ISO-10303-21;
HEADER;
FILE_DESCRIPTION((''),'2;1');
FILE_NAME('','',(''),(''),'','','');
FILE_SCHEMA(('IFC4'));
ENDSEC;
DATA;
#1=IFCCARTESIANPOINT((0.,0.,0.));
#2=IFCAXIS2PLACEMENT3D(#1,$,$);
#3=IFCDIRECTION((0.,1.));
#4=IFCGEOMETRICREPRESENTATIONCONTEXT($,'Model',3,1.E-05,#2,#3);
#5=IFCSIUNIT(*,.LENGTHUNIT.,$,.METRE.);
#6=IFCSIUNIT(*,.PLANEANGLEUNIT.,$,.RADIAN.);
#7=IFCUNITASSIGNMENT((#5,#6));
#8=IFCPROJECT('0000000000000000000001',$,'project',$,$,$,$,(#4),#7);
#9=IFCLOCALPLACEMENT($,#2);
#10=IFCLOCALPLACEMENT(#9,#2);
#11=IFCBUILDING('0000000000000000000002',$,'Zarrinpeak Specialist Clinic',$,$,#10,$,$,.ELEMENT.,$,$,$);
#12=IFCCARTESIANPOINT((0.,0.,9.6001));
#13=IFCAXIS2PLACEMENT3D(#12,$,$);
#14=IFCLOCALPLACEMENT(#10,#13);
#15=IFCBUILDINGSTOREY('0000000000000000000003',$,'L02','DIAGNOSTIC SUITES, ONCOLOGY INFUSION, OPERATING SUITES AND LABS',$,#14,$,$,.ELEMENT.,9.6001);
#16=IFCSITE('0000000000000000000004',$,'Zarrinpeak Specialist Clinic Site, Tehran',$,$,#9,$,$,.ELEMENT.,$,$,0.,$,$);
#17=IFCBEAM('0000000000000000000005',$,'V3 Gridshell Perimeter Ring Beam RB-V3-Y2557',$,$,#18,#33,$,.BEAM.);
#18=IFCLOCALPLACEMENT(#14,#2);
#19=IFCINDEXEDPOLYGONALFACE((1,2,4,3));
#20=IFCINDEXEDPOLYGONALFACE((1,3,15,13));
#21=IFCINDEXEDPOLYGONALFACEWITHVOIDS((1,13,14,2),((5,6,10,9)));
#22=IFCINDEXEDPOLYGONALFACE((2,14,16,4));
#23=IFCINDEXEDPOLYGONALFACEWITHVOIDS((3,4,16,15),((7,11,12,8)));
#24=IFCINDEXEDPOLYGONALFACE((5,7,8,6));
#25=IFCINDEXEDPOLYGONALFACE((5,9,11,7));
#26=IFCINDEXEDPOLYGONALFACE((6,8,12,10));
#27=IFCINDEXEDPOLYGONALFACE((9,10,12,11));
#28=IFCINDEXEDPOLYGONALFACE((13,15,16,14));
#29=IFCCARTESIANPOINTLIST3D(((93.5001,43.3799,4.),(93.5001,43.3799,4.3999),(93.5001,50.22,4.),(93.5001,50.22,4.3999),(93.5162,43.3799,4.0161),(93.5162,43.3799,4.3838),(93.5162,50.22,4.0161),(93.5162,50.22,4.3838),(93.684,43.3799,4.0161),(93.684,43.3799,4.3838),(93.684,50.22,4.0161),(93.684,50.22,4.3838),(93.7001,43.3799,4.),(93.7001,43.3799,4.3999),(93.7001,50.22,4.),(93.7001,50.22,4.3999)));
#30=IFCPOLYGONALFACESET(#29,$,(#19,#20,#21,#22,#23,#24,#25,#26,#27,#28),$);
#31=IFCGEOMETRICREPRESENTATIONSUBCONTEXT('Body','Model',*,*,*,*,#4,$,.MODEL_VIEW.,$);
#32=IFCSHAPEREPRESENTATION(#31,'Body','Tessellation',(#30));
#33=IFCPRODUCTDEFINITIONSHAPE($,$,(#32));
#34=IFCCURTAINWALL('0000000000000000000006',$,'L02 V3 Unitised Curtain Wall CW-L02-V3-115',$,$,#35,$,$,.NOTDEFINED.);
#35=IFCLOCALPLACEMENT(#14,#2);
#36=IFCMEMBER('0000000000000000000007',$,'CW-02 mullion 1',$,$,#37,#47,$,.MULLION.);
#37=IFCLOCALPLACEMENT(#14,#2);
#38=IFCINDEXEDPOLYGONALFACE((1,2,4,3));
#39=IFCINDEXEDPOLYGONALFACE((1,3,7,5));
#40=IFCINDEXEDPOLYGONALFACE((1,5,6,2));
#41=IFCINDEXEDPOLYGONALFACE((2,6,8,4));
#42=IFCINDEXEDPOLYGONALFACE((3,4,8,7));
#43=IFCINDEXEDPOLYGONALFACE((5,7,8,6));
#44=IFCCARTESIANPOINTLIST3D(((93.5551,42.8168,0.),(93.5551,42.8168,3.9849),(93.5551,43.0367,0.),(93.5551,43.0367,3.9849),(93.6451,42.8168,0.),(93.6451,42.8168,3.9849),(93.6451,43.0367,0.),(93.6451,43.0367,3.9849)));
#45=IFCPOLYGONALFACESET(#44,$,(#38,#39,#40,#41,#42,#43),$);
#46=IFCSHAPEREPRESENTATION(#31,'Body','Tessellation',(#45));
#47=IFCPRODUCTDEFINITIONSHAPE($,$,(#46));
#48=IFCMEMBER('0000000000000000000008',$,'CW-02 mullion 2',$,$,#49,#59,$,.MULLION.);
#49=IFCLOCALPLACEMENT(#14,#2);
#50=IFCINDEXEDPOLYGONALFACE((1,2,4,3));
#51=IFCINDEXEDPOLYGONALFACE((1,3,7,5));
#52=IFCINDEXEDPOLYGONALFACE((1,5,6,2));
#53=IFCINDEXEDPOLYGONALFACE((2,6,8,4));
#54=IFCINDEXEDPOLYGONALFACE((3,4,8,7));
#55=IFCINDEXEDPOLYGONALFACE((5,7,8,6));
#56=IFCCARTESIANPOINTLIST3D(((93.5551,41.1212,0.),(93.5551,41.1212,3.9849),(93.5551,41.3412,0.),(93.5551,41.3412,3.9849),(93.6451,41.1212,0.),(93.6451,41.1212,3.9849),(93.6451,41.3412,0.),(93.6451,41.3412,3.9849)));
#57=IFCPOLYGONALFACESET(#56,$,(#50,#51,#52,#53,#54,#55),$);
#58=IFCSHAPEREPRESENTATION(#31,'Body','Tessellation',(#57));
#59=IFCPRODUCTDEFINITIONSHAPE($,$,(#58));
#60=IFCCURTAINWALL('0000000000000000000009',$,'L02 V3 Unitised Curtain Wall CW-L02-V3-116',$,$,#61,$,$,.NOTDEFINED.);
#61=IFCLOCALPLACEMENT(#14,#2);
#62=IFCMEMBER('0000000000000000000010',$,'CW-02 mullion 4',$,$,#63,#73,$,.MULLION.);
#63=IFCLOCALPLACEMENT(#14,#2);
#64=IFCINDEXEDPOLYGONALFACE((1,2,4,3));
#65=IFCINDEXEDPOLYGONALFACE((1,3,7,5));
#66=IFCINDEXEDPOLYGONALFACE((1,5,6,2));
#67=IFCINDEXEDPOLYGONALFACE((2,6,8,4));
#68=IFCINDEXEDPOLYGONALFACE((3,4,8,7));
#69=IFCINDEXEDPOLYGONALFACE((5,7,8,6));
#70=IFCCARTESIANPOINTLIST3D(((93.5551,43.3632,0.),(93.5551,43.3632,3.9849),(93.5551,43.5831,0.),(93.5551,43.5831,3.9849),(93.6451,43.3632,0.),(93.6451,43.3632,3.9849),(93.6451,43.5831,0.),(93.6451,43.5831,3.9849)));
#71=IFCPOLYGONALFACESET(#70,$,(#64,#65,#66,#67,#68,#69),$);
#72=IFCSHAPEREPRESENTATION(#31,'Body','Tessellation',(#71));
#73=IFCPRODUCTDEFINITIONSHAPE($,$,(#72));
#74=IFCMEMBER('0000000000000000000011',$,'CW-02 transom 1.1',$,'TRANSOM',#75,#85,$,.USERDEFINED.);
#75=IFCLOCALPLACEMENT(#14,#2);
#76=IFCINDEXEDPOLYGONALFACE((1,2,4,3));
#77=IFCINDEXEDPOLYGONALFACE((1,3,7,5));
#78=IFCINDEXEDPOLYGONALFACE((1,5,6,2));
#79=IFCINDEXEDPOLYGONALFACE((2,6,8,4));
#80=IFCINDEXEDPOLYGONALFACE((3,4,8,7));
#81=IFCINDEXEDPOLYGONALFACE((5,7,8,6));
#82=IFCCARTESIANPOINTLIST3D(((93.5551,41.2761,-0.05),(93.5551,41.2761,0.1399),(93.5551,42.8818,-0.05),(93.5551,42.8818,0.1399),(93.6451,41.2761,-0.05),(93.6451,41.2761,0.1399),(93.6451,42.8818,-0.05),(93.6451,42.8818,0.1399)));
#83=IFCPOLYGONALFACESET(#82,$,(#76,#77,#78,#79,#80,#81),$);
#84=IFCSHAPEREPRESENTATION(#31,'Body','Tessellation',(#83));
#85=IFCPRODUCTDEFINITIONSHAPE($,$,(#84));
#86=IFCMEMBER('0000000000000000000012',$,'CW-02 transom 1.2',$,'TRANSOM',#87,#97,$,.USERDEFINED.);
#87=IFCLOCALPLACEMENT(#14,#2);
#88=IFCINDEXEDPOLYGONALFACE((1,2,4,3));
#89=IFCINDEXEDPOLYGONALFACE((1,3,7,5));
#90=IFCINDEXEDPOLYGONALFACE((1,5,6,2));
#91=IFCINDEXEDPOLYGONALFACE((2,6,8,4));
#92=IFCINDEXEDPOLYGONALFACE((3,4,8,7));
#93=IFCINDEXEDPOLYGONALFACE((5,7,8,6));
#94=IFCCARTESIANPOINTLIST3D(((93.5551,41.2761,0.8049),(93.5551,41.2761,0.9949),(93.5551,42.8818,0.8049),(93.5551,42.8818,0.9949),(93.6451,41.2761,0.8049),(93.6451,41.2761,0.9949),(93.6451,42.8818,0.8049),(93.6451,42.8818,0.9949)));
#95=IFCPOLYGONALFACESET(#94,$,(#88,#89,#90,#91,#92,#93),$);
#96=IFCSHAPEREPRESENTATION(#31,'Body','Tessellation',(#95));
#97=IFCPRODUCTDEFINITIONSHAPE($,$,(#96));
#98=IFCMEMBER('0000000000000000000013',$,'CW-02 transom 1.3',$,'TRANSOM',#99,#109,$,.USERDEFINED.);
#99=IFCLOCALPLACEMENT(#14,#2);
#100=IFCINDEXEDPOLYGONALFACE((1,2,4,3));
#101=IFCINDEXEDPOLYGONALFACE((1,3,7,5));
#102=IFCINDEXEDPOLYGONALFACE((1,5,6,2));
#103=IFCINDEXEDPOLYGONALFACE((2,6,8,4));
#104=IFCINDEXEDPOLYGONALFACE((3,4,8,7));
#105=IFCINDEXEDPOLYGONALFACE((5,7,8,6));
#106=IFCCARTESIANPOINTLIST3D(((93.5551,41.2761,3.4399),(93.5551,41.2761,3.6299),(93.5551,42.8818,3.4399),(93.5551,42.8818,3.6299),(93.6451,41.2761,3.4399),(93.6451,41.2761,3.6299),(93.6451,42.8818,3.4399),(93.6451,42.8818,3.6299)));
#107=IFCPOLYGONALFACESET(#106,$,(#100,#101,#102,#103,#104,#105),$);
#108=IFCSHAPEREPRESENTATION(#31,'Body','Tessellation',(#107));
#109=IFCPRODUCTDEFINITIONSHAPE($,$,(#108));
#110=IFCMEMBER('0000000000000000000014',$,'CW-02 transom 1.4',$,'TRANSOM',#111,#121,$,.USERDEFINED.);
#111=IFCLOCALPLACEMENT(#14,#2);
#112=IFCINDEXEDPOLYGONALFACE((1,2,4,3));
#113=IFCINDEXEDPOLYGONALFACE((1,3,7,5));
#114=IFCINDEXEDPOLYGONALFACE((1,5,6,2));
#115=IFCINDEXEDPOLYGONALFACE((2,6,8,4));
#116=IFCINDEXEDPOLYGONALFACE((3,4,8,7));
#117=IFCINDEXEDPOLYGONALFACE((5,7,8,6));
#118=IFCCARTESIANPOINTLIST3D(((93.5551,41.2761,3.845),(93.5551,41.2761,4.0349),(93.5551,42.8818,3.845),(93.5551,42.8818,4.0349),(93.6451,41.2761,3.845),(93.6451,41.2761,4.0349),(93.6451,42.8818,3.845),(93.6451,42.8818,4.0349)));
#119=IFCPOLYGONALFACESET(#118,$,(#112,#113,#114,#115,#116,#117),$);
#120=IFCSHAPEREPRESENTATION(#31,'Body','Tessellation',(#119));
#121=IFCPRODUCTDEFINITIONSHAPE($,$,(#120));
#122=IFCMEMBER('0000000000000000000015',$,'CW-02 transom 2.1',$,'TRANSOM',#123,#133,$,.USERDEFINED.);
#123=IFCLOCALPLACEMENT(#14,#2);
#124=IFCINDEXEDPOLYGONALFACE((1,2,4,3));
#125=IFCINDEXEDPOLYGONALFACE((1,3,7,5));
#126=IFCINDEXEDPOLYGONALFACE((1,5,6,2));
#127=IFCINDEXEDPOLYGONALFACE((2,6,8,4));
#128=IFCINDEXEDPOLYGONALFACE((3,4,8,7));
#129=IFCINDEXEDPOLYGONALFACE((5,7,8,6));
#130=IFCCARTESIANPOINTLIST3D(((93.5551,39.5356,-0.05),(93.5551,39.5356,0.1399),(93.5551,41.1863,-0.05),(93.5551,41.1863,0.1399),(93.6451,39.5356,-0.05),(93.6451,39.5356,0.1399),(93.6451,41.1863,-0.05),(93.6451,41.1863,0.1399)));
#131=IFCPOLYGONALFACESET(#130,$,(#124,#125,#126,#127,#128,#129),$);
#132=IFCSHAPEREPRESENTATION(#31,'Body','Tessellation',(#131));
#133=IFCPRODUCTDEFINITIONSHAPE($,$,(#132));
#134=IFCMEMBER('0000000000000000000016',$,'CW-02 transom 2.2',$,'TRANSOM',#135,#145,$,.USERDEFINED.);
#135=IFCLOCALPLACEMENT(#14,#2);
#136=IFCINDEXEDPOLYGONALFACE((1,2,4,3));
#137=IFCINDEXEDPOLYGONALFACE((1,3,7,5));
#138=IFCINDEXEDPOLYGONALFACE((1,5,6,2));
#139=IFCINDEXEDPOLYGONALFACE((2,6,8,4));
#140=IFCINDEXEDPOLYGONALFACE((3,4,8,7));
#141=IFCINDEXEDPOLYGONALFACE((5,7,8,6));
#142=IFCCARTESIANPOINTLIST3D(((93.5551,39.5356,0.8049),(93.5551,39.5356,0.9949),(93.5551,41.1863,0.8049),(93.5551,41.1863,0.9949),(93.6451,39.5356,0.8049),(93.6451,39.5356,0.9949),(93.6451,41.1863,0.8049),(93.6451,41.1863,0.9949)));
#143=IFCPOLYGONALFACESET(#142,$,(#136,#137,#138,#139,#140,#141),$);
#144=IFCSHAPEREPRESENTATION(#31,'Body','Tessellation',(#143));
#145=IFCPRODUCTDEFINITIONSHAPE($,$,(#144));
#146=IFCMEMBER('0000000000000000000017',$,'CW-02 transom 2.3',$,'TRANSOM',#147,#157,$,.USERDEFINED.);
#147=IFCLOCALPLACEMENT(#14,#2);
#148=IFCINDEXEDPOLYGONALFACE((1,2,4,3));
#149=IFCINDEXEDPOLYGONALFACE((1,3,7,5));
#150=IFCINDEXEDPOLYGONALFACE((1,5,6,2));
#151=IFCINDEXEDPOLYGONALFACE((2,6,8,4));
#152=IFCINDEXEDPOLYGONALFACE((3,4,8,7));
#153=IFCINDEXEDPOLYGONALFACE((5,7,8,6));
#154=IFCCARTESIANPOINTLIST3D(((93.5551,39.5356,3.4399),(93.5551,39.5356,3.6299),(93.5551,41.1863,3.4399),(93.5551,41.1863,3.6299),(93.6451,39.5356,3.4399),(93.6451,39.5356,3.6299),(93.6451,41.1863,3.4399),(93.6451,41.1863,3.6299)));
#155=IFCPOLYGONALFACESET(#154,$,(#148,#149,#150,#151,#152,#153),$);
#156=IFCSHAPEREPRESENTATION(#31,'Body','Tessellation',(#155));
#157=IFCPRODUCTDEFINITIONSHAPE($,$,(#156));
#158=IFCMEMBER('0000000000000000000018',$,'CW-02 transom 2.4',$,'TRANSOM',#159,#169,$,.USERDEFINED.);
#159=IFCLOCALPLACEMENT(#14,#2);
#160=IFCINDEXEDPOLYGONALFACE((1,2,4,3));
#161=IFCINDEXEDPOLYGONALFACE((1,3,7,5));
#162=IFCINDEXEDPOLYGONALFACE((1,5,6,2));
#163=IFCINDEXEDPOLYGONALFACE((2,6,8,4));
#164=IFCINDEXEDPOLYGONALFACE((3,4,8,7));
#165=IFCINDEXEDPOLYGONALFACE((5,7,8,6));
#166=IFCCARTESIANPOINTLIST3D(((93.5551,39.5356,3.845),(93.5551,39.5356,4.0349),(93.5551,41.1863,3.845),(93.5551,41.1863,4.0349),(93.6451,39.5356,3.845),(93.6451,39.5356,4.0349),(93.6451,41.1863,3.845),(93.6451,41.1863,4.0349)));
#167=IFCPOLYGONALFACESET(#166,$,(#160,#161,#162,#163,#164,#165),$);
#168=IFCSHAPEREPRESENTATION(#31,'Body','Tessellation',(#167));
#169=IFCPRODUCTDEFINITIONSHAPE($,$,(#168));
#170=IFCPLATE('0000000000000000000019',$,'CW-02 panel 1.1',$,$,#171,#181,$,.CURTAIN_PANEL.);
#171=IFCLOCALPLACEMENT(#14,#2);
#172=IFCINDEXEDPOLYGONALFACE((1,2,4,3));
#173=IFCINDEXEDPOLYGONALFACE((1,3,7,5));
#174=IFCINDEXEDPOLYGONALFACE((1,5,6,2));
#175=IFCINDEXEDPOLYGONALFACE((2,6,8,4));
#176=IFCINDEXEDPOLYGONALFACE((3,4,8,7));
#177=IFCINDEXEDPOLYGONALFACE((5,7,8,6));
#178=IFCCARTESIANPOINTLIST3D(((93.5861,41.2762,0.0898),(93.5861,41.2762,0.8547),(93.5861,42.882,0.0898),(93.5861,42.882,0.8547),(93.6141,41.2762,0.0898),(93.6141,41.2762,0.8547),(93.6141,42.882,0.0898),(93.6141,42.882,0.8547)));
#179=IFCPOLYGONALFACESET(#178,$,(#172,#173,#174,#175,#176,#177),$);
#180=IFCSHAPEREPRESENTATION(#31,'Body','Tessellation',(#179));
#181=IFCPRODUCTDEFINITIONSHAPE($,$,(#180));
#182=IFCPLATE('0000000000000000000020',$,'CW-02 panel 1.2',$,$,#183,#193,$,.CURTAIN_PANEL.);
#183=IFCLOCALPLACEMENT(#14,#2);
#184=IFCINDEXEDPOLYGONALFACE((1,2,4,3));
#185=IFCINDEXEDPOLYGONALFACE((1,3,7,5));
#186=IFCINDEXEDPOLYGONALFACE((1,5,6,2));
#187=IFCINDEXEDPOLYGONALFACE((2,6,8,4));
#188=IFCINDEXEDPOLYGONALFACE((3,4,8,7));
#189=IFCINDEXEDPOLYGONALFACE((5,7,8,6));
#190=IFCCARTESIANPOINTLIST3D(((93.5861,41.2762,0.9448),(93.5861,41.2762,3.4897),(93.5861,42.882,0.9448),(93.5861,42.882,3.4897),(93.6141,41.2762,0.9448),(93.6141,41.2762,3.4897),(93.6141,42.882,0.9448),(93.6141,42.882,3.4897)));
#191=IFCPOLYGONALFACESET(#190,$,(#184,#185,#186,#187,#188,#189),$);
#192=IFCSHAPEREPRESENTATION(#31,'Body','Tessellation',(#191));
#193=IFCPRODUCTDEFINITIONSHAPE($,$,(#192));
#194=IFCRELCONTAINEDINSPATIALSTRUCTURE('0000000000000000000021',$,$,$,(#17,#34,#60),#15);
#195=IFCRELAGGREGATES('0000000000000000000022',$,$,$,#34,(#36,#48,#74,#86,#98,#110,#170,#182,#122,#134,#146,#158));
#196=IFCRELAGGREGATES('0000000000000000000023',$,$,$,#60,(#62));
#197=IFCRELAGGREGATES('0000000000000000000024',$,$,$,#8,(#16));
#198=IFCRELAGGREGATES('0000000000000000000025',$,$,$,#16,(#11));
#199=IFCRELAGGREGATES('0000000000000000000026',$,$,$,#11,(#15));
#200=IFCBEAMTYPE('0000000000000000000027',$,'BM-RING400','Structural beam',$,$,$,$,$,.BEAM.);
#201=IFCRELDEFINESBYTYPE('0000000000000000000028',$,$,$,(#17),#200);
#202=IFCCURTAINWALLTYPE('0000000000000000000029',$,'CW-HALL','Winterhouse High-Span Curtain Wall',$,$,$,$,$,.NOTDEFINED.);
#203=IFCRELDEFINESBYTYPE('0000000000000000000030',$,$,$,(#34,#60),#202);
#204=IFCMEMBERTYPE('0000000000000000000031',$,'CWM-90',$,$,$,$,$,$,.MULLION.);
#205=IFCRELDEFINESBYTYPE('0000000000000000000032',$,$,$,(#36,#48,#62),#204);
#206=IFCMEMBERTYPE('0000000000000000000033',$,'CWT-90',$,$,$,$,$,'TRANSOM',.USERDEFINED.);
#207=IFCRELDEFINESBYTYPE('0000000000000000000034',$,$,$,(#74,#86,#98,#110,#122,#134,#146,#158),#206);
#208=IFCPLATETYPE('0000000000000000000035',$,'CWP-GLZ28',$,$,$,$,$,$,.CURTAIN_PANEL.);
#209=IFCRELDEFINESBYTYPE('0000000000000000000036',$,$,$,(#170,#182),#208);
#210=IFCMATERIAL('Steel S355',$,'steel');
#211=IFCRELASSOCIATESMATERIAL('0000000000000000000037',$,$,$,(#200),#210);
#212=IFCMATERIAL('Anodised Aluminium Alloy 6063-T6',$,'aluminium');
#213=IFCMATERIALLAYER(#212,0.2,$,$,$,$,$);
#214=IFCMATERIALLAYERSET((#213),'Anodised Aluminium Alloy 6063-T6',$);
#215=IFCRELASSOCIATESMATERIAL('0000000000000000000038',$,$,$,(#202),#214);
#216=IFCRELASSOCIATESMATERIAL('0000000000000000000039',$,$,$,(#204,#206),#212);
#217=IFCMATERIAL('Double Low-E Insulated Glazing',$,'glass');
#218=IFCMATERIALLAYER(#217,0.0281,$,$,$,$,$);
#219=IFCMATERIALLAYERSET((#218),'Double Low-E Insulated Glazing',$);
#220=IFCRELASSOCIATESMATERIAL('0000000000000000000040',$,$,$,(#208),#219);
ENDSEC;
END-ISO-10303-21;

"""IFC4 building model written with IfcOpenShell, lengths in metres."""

from ifc_helpers import new_model, si_unit, direction, frame, origin, origin_2d, place, context, subcontext, project, spatial, rectangle, hollow_rectangle, extrude, material, layer, layer_set, material_profile, profile_set, type_object, element, aggregate, save


model = new_model("IFC4")

# Units and contexts
model_context = context("Model", 3, precision=1e-05, world=origin(), true_north=direction((0.0, 1.0)))
body_context = subcontext(model_context, "Body", "Model", "MODEL_VIEW")
ifc_project = project(units=[si_unit("LENGTHUNIT", "METRE"), si_unit("PLANEANGLEUNIT", "RADIAN")], contexts=[model_context])

# Site, building, storey
site_placement = place(None, origin())
site = spatial("IfcSite", under=ifc_project, at=site_placement, Name="Zarrinpeak Specialist Clinic Site, Tehran", CompositionType="ELEMENT", RefElevation=0.0)
building_placement = place(site_placement, origin())
building = spatial("IfcBuilding", under=site, at=building_placement, Name="Zarrinpeak Specialist Clinic", CompositionType="ELEMENT")
storey_placement = place(building_placement, frame((0.0, 0.0, 9.6001)))
storey = spatial("IfcBuildingStorey", under=building, at=storey_placement, Name="L02", Description="DIAGNOSTIC SUITES, ONCOLOGY INFUSION, OPERATING SUITES AND LABS", CompositionType="ELEMENT", Elevation=9.6001)

# Shared definitions
ifc_material_1 = material(Name="Steel S355", Category="steel")

# Beam
ifc_material_profile_1 = material_profile(ifc_material_1, hollow_rectangle(XDim=0.2, YDim=0.3999, WallThickness=0.0161, at=origin_2d()), Name="RHS 400x200x16.0")
ifc_profile_set_1 = profile_set([ifc_material_profile_1], Name="Steel S355")
beam_type_1 = type_object("IfcBeamType", Name="BM-RING400", Description="Structural beam", PredefinedType="BEAM", material=ifc_profile_set_1)
beam_1_placement = place(storey_placement, frame((93.6001, 43.3799, 4.2), z_axis=(0.0, 1.0, 0.0), x_axis=(-1.0, 0.0, 0.0)))
element("IfcBeam", 1, at=beam_1_placement, inside=storey, type_object=beam_type_1, Name="V3 Gridshell Perimeter Ring Beam RB-V3-Y2557", PredefinedType="BEAM", context=body_context, shape_type="SweptSolid", body=[
    extrude(hollow_rectangle(XDim=0.2, YDim=0.3999, WallThickness=0.0161, at=origin_2d()), origin(), (0.0, 0.0, 1.0), 6.8401),
])

# Curtain wall, members
ifc_material_2 = material(Name="Anodised Aluminium Alloy 6063-T6", Category="aluminium")
ifc_layer_1 = layer(ifc_material_2, 0.2)
ifc_layer_set_1 = layer_set([ifc_layer_1], Name="Anodised Aluminium Alloy 6063-T6")
curtain_wall_type = type_object("IfcCurtainWallType", Name="CW-HALL", Description="Winterhouse High-Span Curtain Wall", PredefinedType="NOTDEFINED", material=ifc_layer_set_1)
curtain_wall_1_placement = place(storey_placement, origin())
curtain_wall_1 = element("IfcCurtainWall", 2, at=curtain_wall_1_placement, inside=storey, type_object=curtain_wall_type, Name="L02 V3 Unitised Curtain Wall CW-L02-V3-115", PredefinedType="NOTDEFINED")
ifc_material_profile_2 = material_profile(ifc_material_2, rectangle(XDim=0.0901, YDim=0.22, at=origin_2d()), Name="ALU 90x220")
ifc_profile_set_2 = profile_set([ifc_material_profile_2], Name="Anodised Aluminium Alloy 6063-T6")
member_type_1 = type_object("IfcMemberType", Name="CWM-90", PredefinedType="MULLION", material=ifc_profile_set_2)
member_1_placement = place(storey_placement, frame((93.6001, 42.9268, 0.0), z_axis=(0.0, 0.0, 1.0), x_axis=(1.0, 0.0, 0.0)))
member_1 = element("IfcMember", 3, at=member_1_placement, type_object=member_type_1, Name="CW-02 mullion 1", PredefinedType="MULLION", context=body_context, shape_type="SweptSolid", body=[
    extrude(rectangle(XDim=0.0901, YDim=0.22, at=origin_2d()), origin(), (0.0, 0.0, 1.0), 3.9849),
])
member_2_placement = place(storey_placement, frame((93.6001, 41.2312, 0.0), z_axis=(0.0, 0.0, 1.0), x_axis=(1.0, 0.0, 0.0)))
member_2 = element("IfcMember", 4, at=member_2_placement, type_object=member_type_1, Name="CW-02 mullion 2", PredefinedType="MULLION", context=body_context, shape_type="SweptSolid", body=[
    extrude(rectangle(XDim=0.0901, YDim=0.22, at=origin_2d()), origin(), (0.0, 0.0, 1.0), 3.9849),
])

# Curtain wall, member
curtain_wall_2_placement = place(storey_placement, origin())
curtain_wall_2 = element("IfcCurtainWall", 5, at=curtain_wall_2_placement, inside=storey, type_object=curtain_wall_type, Name="L02 V3 Unitised Curtain Wall CW-L02-V3-116", PredefinedType="NOTDEFINED")
member_3_placement = place(storey_placement, frame((93.6001, 43.4731, 0.0), z_axis=(0.0, 0.0, 1.0), x_axis=(1.0, 0.0, 0.0)))
member_3 = element("IfcMember", 6, at=member_3_placement, type_object=member_type_1, Name="CW-02 mullion 4", PredefinedType="MULLION", context=body_context, shape_type="SweptSolid", body=[
    extrude(rectangle(XDim=0.0901, YDim=0.22, at=origin_2d()), origin(), (0.0, 0.0, 1.0), 3.9849),
])

# Members
ifc_material_profile_3 = material_profile(ifc_material_2, rectangle(XDim=0.0901, YDim=0.1899, at=origin_2d()), Name="ALU 90x190")
ifc_profile_set_3 = profile_set([ifc_material_profile_3], Name="Anodised Aluminium Alloy 6063-T6")
member_type_2 = type_object("IfcMemberType", Name="CWT-90", ElementType="TRANSOM", PredefinedType="USERDEFINED", material=ifc_profile_set_3)
member_4_placement = place(storey_placement, frame((93.6001, 42.8818, 0.0449), z_axis=(0.0, -1.0, 0.0), x_axis=(1.0, 0.0, 0.0)))
member_4 = element("IfcMember", 7, at=member_4_placement, type_object=member_type_2, Name="CW-02 transom 1.1", ObjectType="TRANSOM", PredefinedType="USERDEFINED", context=body_context, shape_type="SweptSolid", body=[
    extrude(rectangle(XDim=0.0901, YDim=0.1899, at=origin_2d()), origin(), (0.0, 0.0, 1.0), 1.6057),
])
member_5_placement = place(storey_placement, frame((93.6001, 42.8818, 0.8999), z_axis=(0.0, -1.0, 0.0), x_axis=(1.0, 0.0, 0.0)))
member_5 = element("IfcMember", 8, at=member_5_placement, type_object=member_type_2, Name="CW-02 transom 1.2", ObjectType="TRANSOM", PredefinedType="USERDEFINED", context=body_context, shape_type="SweptSolid", body=[
    extrude(rectangle(XDim=0.0901, YDim=0.1899, at=origin_2d()), origin(), (0.0, 0.0, 1.0), 1.6057),
])
member_6_placement = place(storey_placement, frame((93.6001, 42.8818, 3.5349), z_axis=(0.0, -1.0, 0.0), x_axis=(1.0, 0.0, 0.0)))
member_6 = element("IfcMember", 9, at=member_6_placement, type_object=member_type_2, Name="CW-02 transom 1.3", ObjectType="TRANSOM", PredefinedType="USERDEFINED", context=body_context, shape_type="SweptSolid", body=[
    extrude(rectangle(XDim=0.0901, YDim=0.1899, at=origin_2d()), origin(), (0.0, 0.0, 1.0), 1.6057),
])
member_7_placement = place(storey_placement, frame((93.6001, 42.8818, 3.9399), z_axis=(0.0, -1.0, 0.0), x_axis=(1.0, 0.0, 0.0)))
member_7 = element("IfcMember", 10, at=member_7_placement, type_object=member_type_2, Name="CW-02 transom 1.4", ObjectType="TRANSOM", PredefinedType="USERDEFINED", context=body_context, shape_type="SweptSolid", body=[
    extrude(rectangle(XDim=0.0901, YDim=0.1899, at=origin_2d()), origin(), (0.0, 0.0, 1.0), 1.6057),
])
member_8_placement = place(storey_placement, frame((93.6001, 41.1863, 0.0449), z_axis=(0.0, -1.0, 0.0), x_axis=(1.0, 0.0, 0.0)))
member_8 = element("IfcMember", 11, at=member_8_placement, type_object=member_type_2, Name="CW-02 transom 2.1", ObjectType="TRANSOM", PredefinedType="USERDEFINED", context=body_context, shape_type="SweptSolid", body=[
    extrude(rectangle(XDim=0.0901, YDim=0.1899, at=origin_2d()), origin(), (0.0, 0.0, 1.0), 1.6506),
])
member_9_placement = place(storey_placement, frame((93.6001, 41.1863, 0.8999), z_axis=(0.0, -1.0, 0.0), x_axis=(1.0, 0.0, 0.0)))
member_9 = element("IfcMember", 12, at=member_9_placement, type_object=member_type_2, Name="CW-02 transom 2.2", ObjectType="TRANSOM", PredefinedType="USERDEFINED", context=body_context, shape_type="SweptSolid", body=[
    extrude(rectangle(XDim=0.0901, YDim=0.1899, at=origin_2d()), origin(), (0.0, 0.0, 1.0), 1.6506),
])
member_10_placement = place(storey_placement, frame((93.6001, 41.1863, 3.5349), z_axis=(0.0, -1.0, 0.0), x_axis=(1.0, 0.0, 0.0)))
member_10 = element("IfcMember", 13, at=member_10_placement, type_object=member_type_2, Name="CW-02 transom 2.3", ObjectType="TRANSOM", PredefinedType="USERDEFINED", context=body_context, shape_type="SweptSolid", body=[
    extrude(rectangle(XDim=0.0901, YDim=0.1899, at=origin_2d()), origin(), (0.0, 0.0, 1.0), 1.6506),
])
member_11_placement = place(storey_placement, frame((93.6001, 41.1863, 3.9399), z_axis=(0.0, -1.0, 0.0), x_axis=(1.0, 0.0, 0.0)))
member_11 = element("IfcMember", 14, at=member_11_placement, type_object=member_type_2, Name="CW-02 transom 2.4", ObjectType="TRANSOM", PredefinedType="USERDEFINED", context=body_context, shape_type="SweptSolid", body=[
    extrude(rectangle(XDim=0.0901, YDim=0.1899, at=origin_2d()), origin(), (0.0, 0.0, 1.0), 1.6506),
])

# Plates
ifc_material_3 = material(Name="Double Low-E Insulated Glazing", Category="glass")
ifc_layer_2 = layer(ifc_material_3, 0.0281)
ifc_layer_set_2 = layer_set([ifc_layer_2], Name="Double Low-E Insulated Glazing")
plate_type_1 = type_object("IfcPlateType", Name="CWP-GLZ28", PredefinedType="CURTAIN_PANEL", material=ifc_layer_set_2)
plate_1_placement = place(storey_placement, frame((93.6001, 42.0791, 0.0898), z_axis=(0.0, 0.0, 1.0), x_axis=(0.0, -1.0, 0.0)))
plate_1 = element("IfcPlate", 15, at=plate_1_placement, type_object=plate_type_1, Name="CW-02 panel 1.1", PredefinedType="CURTAIN_PANEL", context=body_context, shape_type="SweptSolid", body=[
    extrude(rectangle(XDim=1.6057, YDim=0.0281, at=origin_2d()), origin(), (0.0, 0.0, 1.0), 0.7649),
])
plate_2_placement = place(storey_placement, frame((93.6001, 42.0791, 0.9448), z_axis=(0.0, 0.0, 1.0), x_axis=(0.0, -1.0, 0.0)))
plate_2 = element("IfcPlate", 16, at=plate_2_placement, type_object=plate_type_1, Name="CW-02 panel 1.2", PredefinedType="CURTAIN_PANEL", context=body_context, shape_type="SweptSolid", body=[
    extrude(rectangle(XDim=1.6057, YDim=0.0281, at=origin_2d()), origin(), (0.0, 0.0, 1.0), 2.5449),
])
aggregate(curtain_wall_1, [member_1, member_2, member_4, member_5, member_6, member_7, plate_1, plate_2, member_8, member_9, member_10, member_11])
aggregate(curtain_wall_2, [member_3])

save(model, "model.ifc")
